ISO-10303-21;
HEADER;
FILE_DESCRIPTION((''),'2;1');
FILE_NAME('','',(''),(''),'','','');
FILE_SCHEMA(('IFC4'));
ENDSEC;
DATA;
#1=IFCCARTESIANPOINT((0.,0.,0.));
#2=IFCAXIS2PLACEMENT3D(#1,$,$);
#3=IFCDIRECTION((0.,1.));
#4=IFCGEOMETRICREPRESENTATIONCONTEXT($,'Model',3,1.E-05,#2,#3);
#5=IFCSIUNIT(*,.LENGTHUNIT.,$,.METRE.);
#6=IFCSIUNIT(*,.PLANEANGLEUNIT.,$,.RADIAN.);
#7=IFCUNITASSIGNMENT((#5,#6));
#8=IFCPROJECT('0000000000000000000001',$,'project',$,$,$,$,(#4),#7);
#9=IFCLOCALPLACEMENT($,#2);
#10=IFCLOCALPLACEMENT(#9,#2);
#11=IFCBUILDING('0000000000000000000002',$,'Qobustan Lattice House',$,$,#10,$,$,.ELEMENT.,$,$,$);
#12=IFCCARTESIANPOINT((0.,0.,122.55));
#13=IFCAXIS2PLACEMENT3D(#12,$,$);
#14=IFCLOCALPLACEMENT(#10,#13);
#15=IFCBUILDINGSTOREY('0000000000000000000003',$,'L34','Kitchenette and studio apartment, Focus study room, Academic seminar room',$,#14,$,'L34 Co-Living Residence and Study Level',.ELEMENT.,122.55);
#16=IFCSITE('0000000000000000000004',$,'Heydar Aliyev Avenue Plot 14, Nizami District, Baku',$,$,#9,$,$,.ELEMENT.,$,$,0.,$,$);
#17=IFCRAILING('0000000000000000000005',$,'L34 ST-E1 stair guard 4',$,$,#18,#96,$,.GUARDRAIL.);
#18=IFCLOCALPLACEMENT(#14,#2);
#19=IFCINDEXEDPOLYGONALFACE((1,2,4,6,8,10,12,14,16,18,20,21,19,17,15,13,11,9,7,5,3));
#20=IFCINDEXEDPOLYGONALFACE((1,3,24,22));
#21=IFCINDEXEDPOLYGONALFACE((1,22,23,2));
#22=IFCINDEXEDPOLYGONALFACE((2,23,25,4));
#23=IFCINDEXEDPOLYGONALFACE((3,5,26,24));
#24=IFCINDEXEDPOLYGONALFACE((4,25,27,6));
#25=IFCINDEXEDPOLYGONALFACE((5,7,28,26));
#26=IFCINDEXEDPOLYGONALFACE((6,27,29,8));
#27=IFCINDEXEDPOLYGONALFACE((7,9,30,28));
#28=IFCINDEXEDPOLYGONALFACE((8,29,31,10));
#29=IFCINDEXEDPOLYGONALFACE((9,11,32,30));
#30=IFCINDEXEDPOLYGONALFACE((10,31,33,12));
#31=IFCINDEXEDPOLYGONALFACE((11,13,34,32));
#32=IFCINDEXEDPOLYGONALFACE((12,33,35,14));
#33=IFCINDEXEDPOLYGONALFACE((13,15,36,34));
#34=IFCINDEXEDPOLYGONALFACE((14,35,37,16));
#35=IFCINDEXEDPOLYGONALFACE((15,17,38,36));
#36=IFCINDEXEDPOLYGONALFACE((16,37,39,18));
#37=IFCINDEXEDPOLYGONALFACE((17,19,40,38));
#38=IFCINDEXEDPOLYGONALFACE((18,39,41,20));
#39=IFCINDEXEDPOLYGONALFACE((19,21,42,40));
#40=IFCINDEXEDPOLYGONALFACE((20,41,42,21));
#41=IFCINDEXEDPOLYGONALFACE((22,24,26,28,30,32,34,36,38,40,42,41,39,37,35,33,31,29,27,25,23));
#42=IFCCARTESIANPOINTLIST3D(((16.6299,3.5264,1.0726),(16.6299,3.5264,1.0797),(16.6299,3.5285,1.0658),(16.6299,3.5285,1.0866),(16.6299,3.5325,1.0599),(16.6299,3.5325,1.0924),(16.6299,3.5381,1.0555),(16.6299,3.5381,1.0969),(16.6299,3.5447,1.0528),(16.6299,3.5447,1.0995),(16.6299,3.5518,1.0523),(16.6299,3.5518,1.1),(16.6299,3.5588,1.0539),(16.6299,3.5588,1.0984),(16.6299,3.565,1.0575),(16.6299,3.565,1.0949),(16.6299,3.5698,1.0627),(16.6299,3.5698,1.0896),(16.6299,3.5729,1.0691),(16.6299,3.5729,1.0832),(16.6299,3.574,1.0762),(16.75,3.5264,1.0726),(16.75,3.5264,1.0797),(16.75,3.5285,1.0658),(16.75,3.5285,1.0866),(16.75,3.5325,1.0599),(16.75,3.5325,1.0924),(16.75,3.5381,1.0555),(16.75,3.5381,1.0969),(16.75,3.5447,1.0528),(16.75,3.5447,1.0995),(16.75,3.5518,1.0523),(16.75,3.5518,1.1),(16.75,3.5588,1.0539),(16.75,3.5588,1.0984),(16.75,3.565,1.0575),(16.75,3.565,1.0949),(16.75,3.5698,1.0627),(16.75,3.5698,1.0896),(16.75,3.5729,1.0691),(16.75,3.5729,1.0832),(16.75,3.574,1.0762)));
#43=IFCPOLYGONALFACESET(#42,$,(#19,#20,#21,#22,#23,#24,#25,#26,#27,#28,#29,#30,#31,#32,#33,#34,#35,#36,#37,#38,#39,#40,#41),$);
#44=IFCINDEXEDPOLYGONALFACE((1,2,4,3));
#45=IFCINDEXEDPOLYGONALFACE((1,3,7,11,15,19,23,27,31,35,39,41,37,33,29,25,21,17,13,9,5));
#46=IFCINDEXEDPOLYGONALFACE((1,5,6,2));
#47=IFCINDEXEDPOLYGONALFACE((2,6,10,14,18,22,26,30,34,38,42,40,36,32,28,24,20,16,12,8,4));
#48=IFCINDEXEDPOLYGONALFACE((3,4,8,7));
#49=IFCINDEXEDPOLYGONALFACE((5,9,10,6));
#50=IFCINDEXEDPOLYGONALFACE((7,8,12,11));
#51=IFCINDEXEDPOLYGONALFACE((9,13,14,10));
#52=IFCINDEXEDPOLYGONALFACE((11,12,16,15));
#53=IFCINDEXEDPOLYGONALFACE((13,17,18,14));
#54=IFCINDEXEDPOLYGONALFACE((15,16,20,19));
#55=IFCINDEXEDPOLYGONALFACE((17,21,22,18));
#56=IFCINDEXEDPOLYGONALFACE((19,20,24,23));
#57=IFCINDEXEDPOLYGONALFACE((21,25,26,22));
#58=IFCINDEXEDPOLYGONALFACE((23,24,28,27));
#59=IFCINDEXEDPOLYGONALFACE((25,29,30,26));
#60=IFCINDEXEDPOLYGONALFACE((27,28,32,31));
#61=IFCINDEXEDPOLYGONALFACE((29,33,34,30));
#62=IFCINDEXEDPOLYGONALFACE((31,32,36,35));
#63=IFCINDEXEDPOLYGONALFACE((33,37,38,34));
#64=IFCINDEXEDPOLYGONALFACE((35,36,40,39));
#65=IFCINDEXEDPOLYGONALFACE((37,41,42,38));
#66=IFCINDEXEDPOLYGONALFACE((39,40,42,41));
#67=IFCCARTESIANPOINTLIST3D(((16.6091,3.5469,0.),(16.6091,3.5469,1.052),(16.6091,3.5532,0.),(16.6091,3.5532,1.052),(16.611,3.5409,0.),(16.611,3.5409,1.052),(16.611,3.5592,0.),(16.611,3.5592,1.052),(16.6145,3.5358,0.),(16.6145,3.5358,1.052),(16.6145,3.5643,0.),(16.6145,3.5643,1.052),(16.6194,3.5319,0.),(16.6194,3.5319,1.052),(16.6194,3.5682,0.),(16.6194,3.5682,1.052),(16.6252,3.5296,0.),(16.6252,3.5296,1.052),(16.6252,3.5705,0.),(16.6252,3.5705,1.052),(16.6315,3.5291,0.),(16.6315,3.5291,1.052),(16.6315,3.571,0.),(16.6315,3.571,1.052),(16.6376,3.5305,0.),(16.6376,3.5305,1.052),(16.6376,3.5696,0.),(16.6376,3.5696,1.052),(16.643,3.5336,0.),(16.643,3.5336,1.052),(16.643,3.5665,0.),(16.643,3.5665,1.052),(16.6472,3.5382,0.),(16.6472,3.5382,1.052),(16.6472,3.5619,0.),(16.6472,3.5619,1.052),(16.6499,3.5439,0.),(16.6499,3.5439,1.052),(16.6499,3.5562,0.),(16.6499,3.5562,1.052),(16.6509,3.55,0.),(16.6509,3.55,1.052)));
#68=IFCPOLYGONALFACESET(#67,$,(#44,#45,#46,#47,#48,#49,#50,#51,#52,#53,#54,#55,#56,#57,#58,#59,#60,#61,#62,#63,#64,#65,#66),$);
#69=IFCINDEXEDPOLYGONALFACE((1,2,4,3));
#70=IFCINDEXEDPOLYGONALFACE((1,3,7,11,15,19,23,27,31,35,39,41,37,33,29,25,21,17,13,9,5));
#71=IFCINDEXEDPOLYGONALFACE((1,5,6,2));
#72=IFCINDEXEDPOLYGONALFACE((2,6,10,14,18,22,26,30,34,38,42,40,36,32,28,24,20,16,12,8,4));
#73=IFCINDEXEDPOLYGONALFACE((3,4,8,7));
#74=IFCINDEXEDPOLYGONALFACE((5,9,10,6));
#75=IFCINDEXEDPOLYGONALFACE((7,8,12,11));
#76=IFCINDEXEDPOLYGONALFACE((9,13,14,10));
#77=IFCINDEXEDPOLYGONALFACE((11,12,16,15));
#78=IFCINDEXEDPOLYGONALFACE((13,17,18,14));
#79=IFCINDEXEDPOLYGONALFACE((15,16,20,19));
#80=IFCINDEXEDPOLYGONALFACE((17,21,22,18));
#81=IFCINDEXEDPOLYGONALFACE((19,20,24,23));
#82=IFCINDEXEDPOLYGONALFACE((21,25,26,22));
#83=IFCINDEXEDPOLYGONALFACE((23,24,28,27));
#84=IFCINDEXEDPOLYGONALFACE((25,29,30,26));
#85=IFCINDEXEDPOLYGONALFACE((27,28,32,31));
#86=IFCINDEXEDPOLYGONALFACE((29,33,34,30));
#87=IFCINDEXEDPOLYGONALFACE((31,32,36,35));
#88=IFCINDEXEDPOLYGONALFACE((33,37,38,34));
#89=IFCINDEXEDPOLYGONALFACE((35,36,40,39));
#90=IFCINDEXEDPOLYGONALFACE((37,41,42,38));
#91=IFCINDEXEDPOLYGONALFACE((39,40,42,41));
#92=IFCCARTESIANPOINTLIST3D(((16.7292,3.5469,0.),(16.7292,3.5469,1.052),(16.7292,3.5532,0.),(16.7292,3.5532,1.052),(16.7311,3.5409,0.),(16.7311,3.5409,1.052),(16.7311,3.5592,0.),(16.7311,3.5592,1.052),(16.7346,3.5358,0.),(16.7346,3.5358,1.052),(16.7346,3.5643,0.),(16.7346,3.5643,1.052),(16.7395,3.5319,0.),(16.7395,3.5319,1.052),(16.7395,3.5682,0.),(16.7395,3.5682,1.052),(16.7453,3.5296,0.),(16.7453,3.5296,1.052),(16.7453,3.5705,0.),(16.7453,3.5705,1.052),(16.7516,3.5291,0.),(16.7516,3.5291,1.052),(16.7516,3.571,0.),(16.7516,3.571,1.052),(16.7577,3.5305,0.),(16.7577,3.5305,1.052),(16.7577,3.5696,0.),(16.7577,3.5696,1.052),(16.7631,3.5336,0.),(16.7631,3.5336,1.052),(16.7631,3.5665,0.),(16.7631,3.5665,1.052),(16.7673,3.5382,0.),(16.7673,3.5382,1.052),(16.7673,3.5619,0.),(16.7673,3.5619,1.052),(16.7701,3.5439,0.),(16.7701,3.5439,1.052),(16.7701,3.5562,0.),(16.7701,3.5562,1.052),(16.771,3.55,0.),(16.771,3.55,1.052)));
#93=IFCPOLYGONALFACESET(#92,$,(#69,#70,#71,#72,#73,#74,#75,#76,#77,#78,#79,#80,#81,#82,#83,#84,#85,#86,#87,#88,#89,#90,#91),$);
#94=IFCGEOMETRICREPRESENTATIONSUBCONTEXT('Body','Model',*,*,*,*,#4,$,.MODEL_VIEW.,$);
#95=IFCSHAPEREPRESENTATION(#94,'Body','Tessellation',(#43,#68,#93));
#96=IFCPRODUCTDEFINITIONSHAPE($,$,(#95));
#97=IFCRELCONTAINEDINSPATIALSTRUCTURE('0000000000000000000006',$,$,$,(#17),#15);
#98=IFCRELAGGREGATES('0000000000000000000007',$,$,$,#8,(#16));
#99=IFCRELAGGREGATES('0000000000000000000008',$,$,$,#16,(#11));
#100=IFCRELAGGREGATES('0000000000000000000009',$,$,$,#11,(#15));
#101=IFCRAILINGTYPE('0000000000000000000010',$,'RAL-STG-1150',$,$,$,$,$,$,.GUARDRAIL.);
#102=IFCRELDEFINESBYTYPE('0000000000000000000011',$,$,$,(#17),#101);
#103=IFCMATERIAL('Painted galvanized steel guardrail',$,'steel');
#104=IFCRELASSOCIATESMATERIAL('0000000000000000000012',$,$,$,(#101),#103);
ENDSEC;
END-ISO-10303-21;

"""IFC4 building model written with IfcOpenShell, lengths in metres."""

from ifc_helpers import new_model, si_unit, direction, frame, origin, origin_2d, place, context, subcontext, project, spatial, circle, extrude, material, type_object, element, save


model = new_model("IFC4")

# Units and contexts
model_context = context("Model", 3, precision=1e-05, world=origin(), true_north=direction((0.0, 1.0)))
body_context = subcontext(model_context, "Body", "Model", "MODEL_VIEW")
ifc_project = project(units=[si_unit("LENGTHUNIT", "METRE"), si_unit("PLANEANGLEUNIT", "RADIAN")], contexts=[model_context])

# Site, building, storey
site_placement = place(None, origin())
site = spatial("IfcSite", under=ifc_project, at=site_placement, Name="Heydar Aliyev Avenue Plot 14, Nizami District, Baku", CompositionType="ELEMENT", RefElevation=0.0)
building_placement = place(site_placement, origin())
building = spatial("IfcBuilding", under=site, at=building_placement, Name="Qobustan Lattice House", CompositionType="ELEMENT")
storey_placement = place(building_placement, frame((0.0, 0.0, 122.55)))
storey = spatial("IfcBuildingStorey", under=building, at=storey_placement, Name="L34", Description="Kitchenette and studio apartment, Focus study room, Academic seminar room", LongName="L34 Co-Living Residence and Study Level", CompositionType="ELEMENT", Elevation=122.55)

# Railing
ifc_material_1 = material(Name="Painted galvanized steel guardrail", Category="steel")
railing_type_1 = type_object("IfcRailingType", Name="RAL-STG-1150", PredefinedType="GUARDRAIL", material=ifc_material_1)
railing_1_placement = place(storey_placement, frame((16.6299, 3.55, 0.0)))
element("IfcRailing", 1, at=railing_1_placement, inside=storey, type_object=railing_type_1, Name="L34 ST-E1 stair guard 4", PredefinedType="GUARDRAIL", context=body_context, shape_type="SweptSolid", body=[
    extrude(circle(Radius=0.0239, at=origin_2d()), frame((0.0, 0.0, 1.0762), z_axis=(1.0, 0.0, 0.0), x_axis=(0.0, 1.0, 0.0)), (0.0, 0.0, 1.0), 0.1201),
    extrude(circle(Radius=0.021, at=origin_2d()), origin(), (0.0, 0.0, 1.0), 1.052),
    extrude(circle(Radius=0.021, at=origin_2d()), frame((0.1201, 0.0, 0.0)), (0.0, 0.0, 1.0), 1.052),
])

save(model, "model.ifc")
